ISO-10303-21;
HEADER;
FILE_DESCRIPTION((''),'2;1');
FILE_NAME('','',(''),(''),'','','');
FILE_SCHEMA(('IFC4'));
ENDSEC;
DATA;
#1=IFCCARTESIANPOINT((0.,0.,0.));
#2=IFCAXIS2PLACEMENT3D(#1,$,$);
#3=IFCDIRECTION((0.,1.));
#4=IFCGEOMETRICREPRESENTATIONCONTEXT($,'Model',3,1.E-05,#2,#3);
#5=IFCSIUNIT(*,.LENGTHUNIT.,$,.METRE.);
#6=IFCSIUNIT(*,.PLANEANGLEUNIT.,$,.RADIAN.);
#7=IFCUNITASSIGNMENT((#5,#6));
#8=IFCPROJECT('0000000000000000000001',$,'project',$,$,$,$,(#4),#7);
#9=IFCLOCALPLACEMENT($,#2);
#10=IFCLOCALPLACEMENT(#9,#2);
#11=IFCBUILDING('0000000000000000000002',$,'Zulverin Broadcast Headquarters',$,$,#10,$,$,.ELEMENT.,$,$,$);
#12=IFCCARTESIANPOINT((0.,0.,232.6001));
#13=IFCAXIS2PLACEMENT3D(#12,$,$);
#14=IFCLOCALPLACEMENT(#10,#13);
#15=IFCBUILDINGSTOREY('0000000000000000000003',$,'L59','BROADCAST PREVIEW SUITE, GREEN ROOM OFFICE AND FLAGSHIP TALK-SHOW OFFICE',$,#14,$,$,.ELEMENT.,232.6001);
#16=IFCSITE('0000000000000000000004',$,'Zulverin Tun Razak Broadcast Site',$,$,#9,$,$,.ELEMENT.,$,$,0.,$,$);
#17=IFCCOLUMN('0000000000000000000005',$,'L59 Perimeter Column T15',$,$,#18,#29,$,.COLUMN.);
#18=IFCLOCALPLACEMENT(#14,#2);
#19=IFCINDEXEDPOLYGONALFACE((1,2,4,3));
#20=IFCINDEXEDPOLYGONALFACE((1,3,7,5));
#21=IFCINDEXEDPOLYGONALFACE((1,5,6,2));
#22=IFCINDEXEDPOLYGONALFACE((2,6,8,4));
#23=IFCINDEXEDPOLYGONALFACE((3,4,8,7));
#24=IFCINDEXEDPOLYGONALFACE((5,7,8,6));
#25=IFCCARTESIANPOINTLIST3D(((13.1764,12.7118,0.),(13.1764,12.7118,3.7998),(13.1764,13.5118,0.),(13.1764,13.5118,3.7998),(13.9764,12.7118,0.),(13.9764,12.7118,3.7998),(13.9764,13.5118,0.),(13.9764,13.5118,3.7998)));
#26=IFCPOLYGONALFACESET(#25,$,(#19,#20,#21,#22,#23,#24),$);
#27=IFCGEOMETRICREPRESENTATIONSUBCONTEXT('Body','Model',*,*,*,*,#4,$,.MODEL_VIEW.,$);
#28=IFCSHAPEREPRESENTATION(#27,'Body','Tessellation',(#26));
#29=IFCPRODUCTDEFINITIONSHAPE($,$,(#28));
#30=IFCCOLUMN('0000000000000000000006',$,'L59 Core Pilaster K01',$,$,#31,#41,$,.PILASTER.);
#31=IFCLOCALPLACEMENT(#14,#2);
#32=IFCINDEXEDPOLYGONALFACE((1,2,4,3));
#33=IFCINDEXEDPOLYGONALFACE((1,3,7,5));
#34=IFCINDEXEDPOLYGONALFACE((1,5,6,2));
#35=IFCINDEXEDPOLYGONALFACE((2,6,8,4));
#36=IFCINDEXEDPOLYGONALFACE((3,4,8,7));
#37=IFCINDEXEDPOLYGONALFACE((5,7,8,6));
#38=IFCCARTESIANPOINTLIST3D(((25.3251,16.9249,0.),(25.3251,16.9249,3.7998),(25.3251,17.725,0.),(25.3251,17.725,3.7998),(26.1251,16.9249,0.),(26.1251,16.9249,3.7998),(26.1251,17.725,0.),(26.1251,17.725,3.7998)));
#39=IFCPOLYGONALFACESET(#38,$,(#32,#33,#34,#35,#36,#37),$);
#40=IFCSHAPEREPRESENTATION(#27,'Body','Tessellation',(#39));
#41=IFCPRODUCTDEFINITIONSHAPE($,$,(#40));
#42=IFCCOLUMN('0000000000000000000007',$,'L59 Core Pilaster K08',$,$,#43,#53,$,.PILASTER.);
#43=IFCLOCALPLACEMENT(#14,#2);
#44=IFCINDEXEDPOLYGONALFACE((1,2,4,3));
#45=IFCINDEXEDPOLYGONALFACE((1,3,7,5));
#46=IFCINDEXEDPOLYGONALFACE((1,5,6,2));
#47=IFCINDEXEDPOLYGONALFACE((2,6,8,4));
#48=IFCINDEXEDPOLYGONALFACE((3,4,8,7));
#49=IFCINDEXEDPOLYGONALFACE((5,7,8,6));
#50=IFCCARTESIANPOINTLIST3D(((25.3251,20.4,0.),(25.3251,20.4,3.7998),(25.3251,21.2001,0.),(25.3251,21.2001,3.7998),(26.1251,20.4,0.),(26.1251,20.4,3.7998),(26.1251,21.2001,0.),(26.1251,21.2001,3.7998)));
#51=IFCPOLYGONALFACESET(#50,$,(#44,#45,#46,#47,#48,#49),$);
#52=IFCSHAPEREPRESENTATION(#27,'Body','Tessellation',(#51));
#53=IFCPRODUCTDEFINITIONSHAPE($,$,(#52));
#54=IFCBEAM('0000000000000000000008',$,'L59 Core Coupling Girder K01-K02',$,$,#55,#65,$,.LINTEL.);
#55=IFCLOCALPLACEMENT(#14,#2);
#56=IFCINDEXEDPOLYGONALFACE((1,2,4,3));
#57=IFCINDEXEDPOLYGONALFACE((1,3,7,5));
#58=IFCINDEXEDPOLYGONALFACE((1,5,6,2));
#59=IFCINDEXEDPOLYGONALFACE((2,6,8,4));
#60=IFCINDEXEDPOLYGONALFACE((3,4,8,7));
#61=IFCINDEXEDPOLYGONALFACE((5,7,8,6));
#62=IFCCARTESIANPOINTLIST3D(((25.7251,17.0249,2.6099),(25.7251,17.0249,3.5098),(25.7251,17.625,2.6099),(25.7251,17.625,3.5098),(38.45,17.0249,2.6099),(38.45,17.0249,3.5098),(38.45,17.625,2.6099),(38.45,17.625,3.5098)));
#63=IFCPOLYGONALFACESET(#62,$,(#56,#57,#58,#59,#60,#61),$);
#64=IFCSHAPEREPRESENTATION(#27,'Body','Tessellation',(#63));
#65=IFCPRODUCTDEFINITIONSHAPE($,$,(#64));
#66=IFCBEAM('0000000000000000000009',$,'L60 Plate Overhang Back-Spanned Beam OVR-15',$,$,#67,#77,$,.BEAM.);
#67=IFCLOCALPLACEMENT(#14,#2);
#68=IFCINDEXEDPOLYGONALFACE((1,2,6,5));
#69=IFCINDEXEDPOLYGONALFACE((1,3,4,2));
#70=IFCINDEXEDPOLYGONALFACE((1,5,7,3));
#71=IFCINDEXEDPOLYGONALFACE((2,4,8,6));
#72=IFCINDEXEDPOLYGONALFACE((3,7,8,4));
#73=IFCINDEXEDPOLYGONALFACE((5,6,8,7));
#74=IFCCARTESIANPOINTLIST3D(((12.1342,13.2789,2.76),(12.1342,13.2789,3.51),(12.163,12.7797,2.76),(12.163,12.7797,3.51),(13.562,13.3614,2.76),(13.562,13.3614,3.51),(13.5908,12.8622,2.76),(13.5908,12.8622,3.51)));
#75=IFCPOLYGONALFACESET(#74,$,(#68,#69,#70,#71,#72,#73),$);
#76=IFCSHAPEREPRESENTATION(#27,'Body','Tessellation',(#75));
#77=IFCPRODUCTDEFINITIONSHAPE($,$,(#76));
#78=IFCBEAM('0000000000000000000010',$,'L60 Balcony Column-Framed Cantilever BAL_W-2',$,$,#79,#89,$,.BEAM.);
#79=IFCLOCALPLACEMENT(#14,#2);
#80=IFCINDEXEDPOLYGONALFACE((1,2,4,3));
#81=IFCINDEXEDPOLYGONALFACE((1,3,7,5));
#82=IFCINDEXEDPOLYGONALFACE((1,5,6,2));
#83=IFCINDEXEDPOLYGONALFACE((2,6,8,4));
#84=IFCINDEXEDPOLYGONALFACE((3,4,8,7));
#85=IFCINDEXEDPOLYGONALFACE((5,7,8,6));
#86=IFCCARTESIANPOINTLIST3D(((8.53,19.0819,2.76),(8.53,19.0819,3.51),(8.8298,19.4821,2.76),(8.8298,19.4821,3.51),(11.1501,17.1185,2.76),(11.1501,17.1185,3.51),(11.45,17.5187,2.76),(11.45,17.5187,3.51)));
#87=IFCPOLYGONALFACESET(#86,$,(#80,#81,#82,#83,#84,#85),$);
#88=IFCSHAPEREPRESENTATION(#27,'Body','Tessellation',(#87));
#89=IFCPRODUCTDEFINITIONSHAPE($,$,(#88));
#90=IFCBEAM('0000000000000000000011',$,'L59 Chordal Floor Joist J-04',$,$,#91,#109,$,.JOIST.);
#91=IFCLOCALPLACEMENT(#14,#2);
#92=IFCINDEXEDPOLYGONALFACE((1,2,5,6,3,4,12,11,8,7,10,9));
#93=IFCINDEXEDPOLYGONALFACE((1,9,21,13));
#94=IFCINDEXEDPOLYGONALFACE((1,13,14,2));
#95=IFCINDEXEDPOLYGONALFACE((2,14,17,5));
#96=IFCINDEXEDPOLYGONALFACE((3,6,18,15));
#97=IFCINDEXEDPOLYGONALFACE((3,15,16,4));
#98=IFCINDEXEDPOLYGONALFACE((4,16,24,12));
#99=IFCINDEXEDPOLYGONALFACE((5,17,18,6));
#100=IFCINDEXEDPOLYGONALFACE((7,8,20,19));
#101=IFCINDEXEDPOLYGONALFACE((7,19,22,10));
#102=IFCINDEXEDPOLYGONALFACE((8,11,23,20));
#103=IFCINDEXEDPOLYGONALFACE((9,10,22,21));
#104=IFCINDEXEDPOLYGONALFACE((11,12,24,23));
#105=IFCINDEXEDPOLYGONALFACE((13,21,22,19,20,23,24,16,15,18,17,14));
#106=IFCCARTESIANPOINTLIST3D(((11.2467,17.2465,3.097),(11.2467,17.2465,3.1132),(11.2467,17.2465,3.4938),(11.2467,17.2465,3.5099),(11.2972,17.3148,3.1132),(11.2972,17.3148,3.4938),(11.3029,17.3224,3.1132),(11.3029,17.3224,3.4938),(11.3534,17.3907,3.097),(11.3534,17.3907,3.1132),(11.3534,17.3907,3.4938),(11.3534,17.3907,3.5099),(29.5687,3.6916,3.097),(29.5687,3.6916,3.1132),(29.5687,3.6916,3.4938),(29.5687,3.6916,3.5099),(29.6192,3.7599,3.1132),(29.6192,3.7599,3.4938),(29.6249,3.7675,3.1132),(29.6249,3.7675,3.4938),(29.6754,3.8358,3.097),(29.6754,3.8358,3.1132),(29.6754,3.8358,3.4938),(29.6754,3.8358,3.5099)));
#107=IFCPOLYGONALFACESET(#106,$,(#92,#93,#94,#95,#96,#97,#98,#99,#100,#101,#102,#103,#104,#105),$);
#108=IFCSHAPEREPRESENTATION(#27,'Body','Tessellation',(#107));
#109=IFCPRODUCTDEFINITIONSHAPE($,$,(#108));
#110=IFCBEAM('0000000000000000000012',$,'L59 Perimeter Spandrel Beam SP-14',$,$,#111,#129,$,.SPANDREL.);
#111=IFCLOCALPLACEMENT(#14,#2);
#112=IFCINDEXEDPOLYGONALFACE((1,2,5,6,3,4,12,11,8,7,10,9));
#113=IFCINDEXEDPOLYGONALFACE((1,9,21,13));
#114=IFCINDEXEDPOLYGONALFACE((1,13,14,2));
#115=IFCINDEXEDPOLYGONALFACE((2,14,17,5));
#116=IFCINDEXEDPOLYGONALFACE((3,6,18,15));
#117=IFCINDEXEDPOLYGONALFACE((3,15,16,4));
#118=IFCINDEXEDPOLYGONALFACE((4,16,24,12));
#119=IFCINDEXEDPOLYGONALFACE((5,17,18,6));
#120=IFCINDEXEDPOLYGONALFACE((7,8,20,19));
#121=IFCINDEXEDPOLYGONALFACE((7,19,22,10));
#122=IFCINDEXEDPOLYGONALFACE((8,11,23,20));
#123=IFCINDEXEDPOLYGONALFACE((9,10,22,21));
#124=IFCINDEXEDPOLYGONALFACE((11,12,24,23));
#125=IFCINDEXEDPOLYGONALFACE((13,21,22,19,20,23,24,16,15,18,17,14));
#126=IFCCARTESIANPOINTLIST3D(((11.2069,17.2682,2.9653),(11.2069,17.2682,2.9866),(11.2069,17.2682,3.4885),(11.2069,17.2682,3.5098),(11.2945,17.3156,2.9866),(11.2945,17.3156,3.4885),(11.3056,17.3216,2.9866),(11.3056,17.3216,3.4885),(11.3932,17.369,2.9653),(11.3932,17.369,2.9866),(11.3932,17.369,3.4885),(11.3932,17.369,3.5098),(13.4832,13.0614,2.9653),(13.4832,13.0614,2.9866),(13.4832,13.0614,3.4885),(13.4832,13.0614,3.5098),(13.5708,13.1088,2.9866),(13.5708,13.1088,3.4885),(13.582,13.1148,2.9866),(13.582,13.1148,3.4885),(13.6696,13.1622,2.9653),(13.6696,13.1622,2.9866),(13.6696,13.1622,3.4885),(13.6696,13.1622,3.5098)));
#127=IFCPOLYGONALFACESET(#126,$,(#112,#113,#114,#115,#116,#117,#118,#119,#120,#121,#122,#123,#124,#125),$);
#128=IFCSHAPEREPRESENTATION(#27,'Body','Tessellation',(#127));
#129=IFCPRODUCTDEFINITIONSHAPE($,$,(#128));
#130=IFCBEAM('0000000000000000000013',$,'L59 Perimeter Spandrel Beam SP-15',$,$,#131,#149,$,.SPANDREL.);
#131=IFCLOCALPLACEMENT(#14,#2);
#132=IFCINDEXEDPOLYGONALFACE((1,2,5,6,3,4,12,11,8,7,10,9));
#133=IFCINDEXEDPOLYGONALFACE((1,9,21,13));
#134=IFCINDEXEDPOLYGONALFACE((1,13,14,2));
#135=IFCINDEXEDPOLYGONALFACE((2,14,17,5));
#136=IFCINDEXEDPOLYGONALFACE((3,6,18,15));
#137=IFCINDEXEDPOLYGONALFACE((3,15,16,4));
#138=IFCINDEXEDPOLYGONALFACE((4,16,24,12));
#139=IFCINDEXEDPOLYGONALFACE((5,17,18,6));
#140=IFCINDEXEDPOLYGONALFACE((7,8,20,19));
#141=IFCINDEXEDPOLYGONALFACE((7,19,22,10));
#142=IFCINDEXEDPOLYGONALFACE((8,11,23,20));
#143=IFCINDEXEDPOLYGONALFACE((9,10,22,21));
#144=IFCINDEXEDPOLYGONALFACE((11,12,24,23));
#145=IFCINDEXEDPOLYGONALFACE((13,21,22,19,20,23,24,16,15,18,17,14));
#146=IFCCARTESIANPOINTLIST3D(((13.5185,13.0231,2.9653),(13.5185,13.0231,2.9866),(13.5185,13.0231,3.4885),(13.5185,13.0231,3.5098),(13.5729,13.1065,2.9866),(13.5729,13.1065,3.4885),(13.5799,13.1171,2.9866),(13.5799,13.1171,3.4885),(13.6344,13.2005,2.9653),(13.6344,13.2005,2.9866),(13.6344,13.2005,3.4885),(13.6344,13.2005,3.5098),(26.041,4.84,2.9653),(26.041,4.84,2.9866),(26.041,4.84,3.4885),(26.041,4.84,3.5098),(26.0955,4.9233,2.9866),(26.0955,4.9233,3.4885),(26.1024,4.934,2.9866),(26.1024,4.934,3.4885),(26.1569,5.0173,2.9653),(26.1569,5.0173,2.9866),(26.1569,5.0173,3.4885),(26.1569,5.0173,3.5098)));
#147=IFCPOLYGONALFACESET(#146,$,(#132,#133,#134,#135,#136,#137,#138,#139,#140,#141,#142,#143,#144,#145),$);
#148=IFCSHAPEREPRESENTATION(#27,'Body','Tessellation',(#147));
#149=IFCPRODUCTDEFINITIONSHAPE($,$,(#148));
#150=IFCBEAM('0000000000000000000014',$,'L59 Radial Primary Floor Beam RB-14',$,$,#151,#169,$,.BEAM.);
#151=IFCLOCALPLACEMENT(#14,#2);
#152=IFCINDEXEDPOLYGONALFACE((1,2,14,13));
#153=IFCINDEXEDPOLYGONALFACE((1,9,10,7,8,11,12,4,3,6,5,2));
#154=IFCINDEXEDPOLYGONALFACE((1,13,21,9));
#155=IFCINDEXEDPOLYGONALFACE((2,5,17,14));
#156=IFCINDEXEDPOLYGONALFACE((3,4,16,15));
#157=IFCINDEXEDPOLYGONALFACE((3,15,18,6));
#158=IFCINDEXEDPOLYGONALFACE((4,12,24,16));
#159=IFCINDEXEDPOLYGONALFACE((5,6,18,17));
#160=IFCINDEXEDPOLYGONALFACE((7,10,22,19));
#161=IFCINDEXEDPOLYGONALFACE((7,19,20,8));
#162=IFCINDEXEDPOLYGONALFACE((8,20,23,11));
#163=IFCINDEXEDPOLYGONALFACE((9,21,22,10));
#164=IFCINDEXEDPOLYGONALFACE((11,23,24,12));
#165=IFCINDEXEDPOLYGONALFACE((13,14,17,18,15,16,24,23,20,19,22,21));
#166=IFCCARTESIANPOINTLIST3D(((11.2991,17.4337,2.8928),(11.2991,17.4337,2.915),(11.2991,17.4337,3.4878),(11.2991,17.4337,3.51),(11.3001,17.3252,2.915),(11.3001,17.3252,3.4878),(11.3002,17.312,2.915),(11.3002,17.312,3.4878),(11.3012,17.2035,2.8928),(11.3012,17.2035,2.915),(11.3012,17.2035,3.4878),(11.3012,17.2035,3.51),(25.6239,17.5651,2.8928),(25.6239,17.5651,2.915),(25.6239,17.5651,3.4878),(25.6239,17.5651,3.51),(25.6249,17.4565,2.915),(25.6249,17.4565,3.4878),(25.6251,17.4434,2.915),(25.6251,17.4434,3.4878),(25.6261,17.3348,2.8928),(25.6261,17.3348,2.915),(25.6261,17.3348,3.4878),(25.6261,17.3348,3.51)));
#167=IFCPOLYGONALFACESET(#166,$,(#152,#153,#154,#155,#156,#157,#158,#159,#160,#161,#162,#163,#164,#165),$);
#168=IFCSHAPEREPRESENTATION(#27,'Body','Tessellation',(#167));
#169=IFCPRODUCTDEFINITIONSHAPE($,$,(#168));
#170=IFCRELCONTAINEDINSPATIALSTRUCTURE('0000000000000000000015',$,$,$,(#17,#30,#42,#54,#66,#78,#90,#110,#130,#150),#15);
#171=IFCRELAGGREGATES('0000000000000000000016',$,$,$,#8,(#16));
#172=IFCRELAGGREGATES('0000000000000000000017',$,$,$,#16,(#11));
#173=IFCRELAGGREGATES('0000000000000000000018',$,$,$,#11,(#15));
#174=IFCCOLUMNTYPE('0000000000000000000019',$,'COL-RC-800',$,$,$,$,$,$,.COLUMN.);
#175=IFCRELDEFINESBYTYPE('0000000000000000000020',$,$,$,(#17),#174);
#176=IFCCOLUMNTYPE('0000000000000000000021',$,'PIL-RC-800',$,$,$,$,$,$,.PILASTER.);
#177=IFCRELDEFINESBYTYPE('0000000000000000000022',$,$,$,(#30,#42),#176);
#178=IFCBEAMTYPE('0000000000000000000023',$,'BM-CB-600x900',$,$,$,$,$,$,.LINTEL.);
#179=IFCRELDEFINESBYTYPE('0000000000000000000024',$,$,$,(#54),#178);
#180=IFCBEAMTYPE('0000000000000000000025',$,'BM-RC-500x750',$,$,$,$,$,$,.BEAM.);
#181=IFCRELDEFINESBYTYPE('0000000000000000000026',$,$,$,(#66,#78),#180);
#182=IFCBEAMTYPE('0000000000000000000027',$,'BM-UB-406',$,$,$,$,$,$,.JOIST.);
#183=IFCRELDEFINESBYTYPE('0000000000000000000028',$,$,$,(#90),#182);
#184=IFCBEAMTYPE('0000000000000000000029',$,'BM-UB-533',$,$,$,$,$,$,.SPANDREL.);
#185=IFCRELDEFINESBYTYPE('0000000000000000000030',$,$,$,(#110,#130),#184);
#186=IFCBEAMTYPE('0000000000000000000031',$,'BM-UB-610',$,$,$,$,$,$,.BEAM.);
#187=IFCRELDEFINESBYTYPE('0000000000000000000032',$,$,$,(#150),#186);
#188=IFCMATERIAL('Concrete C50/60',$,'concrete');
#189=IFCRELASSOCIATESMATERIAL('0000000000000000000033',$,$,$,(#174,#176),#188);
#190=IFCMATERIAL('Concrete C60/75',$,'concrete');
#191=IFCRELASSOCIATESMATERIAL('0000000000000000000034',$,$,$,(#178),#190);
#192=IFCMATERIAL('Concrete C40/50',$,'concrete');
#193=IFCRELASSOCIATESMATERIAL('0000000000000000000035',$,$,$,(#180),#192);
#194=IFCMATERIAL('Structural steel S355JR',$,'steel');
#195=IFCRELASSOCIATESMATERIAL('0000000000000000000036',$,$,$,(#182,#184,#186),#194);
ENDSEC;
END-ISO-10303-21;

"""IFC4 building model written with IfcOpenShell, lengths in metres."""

from ifc_helpers import new_model, si_unit, direction, frame, origin, origin_2d, place, context, subcontext, project, spatial, rectangle, i_section, extrude, material, material_profile, profile_set, type_object, element, save


model = new_model("IFC4")

# Units and contexts
model_context = context("Model", 3, precision=1e-05, world=origin(), true_north=direction((0.0, 1.0)))
body_context = subcontext(model_context, "Body", "Model", "MODEL_VIEW")
ifc_project = project(units=[si_unit("LENGTHUNIT", "METRE"), si_unit("PLANEANGLEUNIT", "RADIAN")], contexts=[model_context])

# Site, building, storey
site_placement = place(None, origin())
site = spatial("IfcSite", under=ifc_project, at=site_placement, Name="Zulverin Tun Razak Broadcast Site", CompositionType="ELEMENT", RefElevation=0.0)
building_placement = place(site_placement, origin())
building = spatial("IfcBuilding", under=site, at=building_placement, Name="Zulverin Broadcast Headquarters", CompositionType="ELEMENT")
storey_placement = place(building_placement, frame((0.0, 0.0, 232.6001)))
storey = spatial("IfcBuildingStorey", under=building, at=storey_placement, Name="L59", Description="BROADCAST PREVIEW SUITE, GREEN ROOM OFFICE AND FLAGSHIP TALK-SHOW OFFICE", CompositionType="ELEMENT", Elevation=232.6001)

# Columns
ifc_material_1 = material(Name="Concrete C50/60", Category="concrete")
ifc_material_profile_1 = material_profile(ifc_material_1, rectangle(XDim=0.8, YDim=0.8, at=origin_2d()), Name="Concrete C50/60", Category="concrete")
ifc_profile_set_1 = profile_set([ifc_material_profile_1], Name="Concrete C50/60")
column_type_1 = type_object("IfcColumnType", Name="COL-RC-800", PredefinedType="COLUMN", material=ifc_profile_set_1)
column_placement = place(storey_placement, frame((13.5764, 13.1118, 0.0), z_axis=(0.0, 0.0, 1.0), x_axis=(1.0, 0.0, 0.0)))
element("IfcColumn", 1, at=column_placement, inside=storey, type_object=column_type_1, Name="L59 Perimeter Column T15", PredefinedType="COLUMN", context=body_context, shape_type="SweptSolid", body=[
    extrude(rectangle(XDim=0.8, YDim=0.8, at=origin_2d()), origin(), (0.0, 0.0, 1.0), 3.7998),
])
ifc_material_profile_2 = material_profile(ifc_material_1, rectangle(XDim=0.8, YDim=0.8, at=origin_2d()), Name="Concrete C50/60", Category="concrete")
ifc_profile_set_2 = profile_set([ifc_material_profile_2], Name="Concrete C50/60")
column_type_2 = type_object("IfcColumnType", Name="PIL-RC-800", PredefinedType="PILASTER", material=ifc_profile_set_2)
for number, where, z_axis, x_axis, name in (
    (2, (25.7251, 17.325, 0.0), (0.0, 0.0, 1.0), (1.0, 0.0, 0.0), "L59 Core Pilaster K01"),
    (3, (25.7251, 20.8, 0.0), (0.0, 0.0, 1.0), (1.0, 0.0, 0.0), "L59 Core Pilaster K08"),
):
    element("IfcColumn", number, at=place(storey_placement, frame(where, z_axis=z_axis, x_axis=x_axis)), inside=storey, type_object=column_type_2, Name=name, PredefinedType="PILASTER", context=body_context, shape_type="SweptSolid", body=[
        extrude(rectangle(XDim=0.8, YDim=0.8, at=origin_2d()), origin(), (0.0, 0.0, 1.0), 3.7998),
    ])

# Beams
ifc_material_2 = material(Name="Concrete C60/75", Category="concrete")
ifc_material_profile_3 = material_profile(ifc_material_2, rectangle(XDim=0.6001, YDim=0.8999, at=origin_2d()), Name="Concrete C60/75", Category="concrete")
ifc_profile_set_3 = profile_set([ifc_material_profile_3], Name="Concrete C60/75")
beam_type_1 = type_object("IfcBeamType", Name="BM-CB-600x900", PredefinedType="LINTEL", material=ifc_profile_set_3)
beam_1_placement = place(storey_placement, frame((25.7251, 17.325, 3.0598), z_axis=(1.0, 0.0, 0.0), x_axis=(0.0, 1.0, 0.0)))
element("IfcBeam", 4, at=beam_1_placement, inside=storey, type_object=beam_type_1, Name="L59 Core Coupling Girder K01-K02", PredefinedType="LINTEL", context=body_context, shape_type="SweptSolid", body=[
    extrude(rectangle(XDim=0.6001, YDim=0.8999, at=origin_2d()), origin(), (0.0, 0.0, 1.0), 12.7249),
])
ifc_material_3 = material(Name="Concrete C40/50", Category="concrete")
ifc_material_profile_4 = material_profile(ifc_material_3, rectangle(XDim=0.5, YDim=0.75, at=origin_2d()), Name="Concrete C40/50", Category="concrete")
ifc_profile_set_4 = profile_set([ifc_material_profile_4], Name="Concrete C40/50")
beam_type_2 = type_object("IfcBeamType", Name="BM-RC-500x750", PredefinedType="BEAM", material=ifc_profile_set_4)
beam_2_placement = place(storey_placement, frame((13.5764, 13.1118, 3.135), z_axis=(-0.998334, -0.057701, 0.0), x_axis=(0.057701, -0.998334, 0.0)))
element("IfcBeam", 5, at=beam_2_placement, inside=storey, type_object=beam_type_2, Name="L60 Plate Overhang Back-Spanned Beam OVR-15", PredefinedType="BEAM", context=body_context, shape_type="SweptSolid", body=[
    extrude(rectangle(XDim=0.5, YDim=0.75, at=origin_2d()), origin(), (0.0, 0.0, 1.0), 1.4302),
])
beam_3_placement = place(storey_placement, frame((11.3, 17.3186, 3.135), z_axis=(-0.80025, 0.599666, 0.0), x_axis=(-0.599666, -0.80025, 0.0)))
element("IfcBeam", 6, at=beam_3_placement, inside=storey, type_object=beam_type_2, Name="L60 Balcony Column-Framed Cantilever BAL_W-2", PredefinedType="BEAM", context=body_context, shape_type="SweptSolid", body=[
    extrude(rectangle(XDim=0.5, YDim=0.75, at=origin_2d()), origin(), (0.0, 0.0, 1.0), 3.2742),
])
ifc_material_4 = material(Name="Structural steel S355JR", Category="steel")
ifc_material_profile_5 = material_profile(ifc_material_4, i_section(OverallWidth=0.1794, OverallDepth=0.4128, WebThickness=0.0095, FlangeThickness=0.0161, at=origin_2d()), Name="Structural steel S355JR", Category="steel")
ifc_profile_set_5 = profile_set([ifc_material_profile_5], Name="Structural steel S355JR")
beam_type_3 = type_object("IfcBeamType", Name="BM-UB-406", PredefinedType="JOIST", material=ifc_profile_set_5)
beam_4_placement = place(storey_placement, frame((11.3, 17.3186, 3.3035), z_axis=(0.803912, -0.594748, 0.0), x_axis=(0.594748, 0.803912, 0.0)))
element("IfcBeam", 7, at=beam_4_placement, inside=storey, type_object=beam_type_3, Name="L59 Chordal Floor Joist J-04", PredefinedType="JOIST", context=body_context, shape_type="SweptSolid", body=[
    extrude(i_section(OverallWidth=0.1794, OverallDepth=0.4128, WebThickness=0.0095, FlangeThickness=0.0161, at=origin_2d()), origin(), (0.0, 0.0, 1.0), 22.791),
])
ifc_material_profile_6 = material_profile(ifc_material_4, i_section(OverallWidth=0.2119, OverallDepth=0.5444, WebThickness=0.0127, FlangeThickness=0.0212, at=origin_2d()), Name="Structural steel S355JR", Category="steel")
ifc_profile_set_6 = profile_set([ifc_material_profile_6], Name="Structural steel S355JR")
beam_type_4 = type_object("IfcBeamType", Name="BM-UB-533", PredefinedType="SPANDREL", material=ifc_profile_set_6)
beam_5_placement = place(storey_placement, frame((11.3, 17.3186, 3.2375), z_axis=(0.47591, -0.879494, 0.0), x_axis=(0.879494, 0.47591, 0.0)))
element("IfcBeam", 8, at=beam_5_placement, inside=storey, type_object=beam_type_4, Name="L59 Perimeter Spandrel Beam SP-14", PredefinedType="SPANDREL", context=body_context, shape_type="SweptSolid", body=[
    extrude(i_section(OverallWidth=0.2119, OverallDepth=0.5444, WebThickness=0.0127, FlangeThickness=0.0212, at=origin_2d()), origin(), (0.0, 0.0, 1.0), 4.7832),
])
beam_6_placement = place(storey_placement, frame((13.5764, 13.1118, 3.2375), z_axis=(0.837112, -0.547031, 0.0), x_axis=(0.547031, 0.837112, 0.0)))
element("IfcBeam", 9, at=beam_6_placement, inside=storey, type_object=beam_type_4, Name="L59 Perimeter Spandrel Beam SP-15", PredefinedType="SPANDREL", context=body_context, shape_type="SweptSolid", body=[
    extrude(i_section(OverallWidth=0.2119, OverallDepth=0.5444, WebThickness=0.0127, FlangeThickness=0.0212, at=origin_2d()), origin(), (0.0, 0.0, 1.0), 14.9592),
])
ifc_material_profile_7 = material_profile(ifc_material_4, i_section(OverallWidth=0.2302, OverallDepth=0.6172, WebThickness=0.0132, FlangeThickness=0.0222, at=origin_2d()), Name="Structural steel S355JR", Category="steel")
ifc_profile_set_7 = profile_set([ifc_material_profile_7], Name="Structural steel S355JR")
beam_type_5 = type_object("IfcBeamType", Name="BM-UB-610", PredefinedType="BEAM", material=ifc_profile_set_7)
beam_7_placement = place(storey_placement, frame((25.625, 17.45, 3.2014), z_axis=(-0.999958, -0.009169, 0.0), x_axis=(0.009169, -0.999958, 0.0)))
element("IfcBeam", 10, at=beam_7_placement, inside=storey, type_object=beam_type_5, Name="L59 Radial Primary Floor Beam RB-14", PredefinedType="BEAM", context=body_context, shape_type="SweptSolid", body=[
    extrude(i_section(OverallWidth=0.2302, OverallDepth=0.6172, WebThickness=0.0132, FlangeThickness=0.0222, at=origin_2d()), origin(), (0.0, 0.0, 1.0), 14.3254),
])

save(model, "model.ifc")
